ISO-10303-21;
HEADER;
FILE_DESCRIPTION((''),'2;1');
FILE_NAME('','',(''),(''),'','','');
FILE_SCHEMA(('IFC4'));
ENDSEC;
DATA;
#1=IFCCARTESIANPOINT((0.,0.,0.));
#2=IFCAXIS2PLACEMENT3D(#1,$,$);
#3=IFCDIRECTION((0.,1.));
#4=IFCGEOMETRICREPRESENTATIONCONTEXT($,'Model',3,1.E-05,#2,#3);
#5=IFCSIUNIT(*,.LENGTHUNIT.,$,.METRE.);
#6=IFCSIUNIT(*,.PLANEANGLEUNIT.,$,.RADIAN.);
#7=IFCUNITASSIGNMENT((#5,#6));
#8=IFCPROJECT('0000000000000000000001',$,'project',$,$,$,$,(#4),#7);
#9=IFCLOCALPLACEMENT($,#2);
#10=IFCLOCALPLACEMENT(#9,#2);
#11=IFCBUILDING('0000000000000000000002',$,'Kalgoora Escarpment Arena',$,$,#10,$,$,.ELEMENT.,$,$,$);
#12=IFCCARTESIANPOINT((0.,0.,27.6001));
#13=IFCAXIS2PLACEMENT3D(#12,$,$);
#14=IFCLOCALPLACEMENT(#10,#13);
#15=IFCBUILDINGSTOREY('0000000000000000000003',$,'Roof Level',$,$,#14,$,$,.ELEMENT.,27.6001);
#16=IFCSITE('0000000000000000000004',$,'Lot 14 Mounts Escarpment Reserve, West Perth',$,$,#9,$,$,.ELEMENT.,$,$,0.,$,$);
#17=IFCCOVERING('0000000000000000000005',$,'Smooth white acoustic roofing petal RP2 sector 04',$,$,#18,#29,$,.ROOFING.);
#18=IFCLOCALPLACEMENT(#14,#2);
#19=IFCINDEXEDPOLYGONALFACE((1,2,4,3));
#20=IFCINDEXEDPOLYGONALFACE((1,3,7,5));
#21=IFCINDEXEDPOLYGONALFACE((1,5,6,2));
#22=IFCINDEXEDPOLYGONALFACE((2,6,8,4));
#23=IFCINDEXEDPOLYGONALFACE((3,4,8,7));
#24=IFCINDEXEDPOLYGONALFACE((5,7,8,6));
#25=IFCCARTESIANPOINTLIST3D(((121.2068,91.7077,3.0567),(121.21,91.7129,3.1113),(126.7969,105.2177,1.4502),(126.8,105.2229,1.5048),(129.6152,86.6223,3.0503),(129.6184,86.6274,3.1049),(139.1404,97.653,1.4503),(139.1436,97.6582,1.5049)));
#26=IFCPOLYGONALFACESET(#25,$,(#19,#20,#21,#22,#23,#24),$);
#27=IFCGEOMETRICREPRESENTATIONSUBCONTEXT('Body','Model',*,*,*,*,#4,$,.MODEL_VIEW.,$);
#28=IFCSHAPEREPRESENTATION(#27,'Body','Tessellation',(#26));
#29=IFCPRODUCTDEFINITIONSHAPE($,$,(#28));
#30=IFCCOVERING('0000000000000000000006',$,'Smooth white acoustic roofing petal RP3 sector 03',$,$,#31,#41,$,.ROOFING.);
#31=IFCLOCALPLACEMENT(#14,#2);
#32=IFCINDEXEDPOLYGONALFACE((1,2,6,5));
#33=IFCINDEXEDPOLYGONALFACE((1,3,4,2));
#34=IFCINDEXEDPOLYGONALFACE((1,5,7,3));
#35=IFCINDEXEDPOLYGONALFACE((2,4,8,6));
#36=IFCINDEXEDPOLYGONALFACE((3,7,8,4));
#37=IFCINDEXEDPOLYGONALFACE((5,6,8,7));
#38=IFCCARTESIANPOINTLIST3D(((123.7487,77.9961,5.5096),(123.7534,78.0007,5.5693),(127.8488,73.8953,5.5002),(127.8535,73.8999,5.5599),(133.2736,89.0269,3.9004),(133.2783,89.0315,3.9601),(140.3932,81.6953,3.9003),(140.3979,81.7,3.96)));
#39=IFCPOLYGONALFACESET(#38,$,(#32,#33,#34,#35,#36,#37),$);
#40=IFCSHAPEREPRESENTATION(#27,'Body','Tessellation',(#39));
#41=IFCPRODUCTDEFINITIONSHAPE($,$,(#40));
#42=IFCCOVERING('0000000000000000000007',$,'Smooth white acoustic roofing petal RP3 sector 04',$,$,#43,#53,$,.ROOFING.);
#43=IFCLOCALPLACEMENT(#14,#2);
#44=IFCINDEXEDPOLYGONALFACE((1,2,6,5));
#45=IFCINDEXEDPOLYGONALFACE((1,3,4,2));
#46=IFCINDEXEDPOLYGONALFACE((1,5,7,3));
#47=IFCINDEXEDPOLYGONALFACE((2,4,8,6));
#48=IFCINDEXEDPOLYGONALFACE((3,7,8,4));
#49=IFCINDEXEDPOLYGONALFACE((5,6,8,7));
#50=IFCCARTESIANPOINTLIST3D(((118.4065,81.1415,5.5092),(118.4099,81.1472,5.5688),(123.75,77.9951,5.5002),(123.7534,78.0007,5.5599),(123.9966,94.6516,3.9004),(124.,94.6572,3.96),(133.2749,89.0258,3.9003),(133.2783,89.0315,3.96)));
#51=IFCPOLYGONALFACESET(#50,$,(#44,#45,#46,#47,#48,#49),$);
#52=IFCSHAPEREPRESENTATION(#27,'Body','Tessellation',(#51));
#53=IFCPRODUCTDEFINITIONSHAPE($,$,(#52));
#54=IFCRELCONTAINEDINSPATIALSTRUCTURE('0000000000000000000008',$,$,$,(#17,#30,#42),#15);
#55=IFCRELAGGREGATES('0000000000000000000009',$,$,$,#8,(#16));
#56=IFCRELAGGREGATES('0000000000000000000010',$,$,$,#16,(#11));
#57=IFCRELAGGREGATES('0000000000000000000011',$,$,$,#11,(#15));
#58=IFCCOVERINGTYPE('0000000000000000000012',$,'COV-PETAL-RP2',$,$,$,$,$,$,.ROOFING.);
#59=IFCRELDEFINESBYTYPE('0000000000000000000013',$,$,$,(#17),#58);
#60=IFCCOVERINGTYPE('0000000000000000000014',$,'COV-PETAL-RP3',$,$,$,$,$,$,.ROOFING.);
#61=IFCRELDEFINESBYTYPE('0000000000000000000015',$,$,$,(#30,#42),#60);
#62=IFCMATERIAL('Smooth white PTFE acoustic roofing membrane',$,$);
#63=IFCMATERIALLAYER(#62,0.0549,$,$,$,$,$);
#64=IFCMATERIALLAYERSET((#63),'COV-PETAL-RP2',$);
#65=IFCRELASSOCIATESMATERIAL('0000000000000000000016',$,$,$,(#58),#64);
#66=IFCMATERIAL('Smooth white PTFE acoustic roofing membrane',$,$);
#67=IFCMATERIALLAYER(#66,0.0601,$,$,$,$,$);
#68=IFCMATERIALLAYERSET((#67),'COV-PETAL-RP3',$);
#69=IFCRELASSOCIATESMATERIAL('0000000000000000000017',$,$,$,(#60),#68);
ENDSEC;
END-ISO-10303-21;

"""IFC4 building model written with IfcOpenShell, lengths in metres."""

from ifc_helpers import new_model, si_unit, direction, frame, origin, place, context, subcontext, project, spatial, polyline, outline, extrude, material, layer, layer_set, type_object, element, save


model = new_model("IFC4")

# Units and contexts
model_context = context("Model", 3, precision=1e-05, world=origin(), true_north=direction((0.0, 1.0)))
body_context = subcontext(model_context, "Body", "Model", "MODEL_VIEW")
ifc_project = project(units=[si_unit("LENGTHUNIT", "METRE"), si_unit("PLANEANGLEUNIT", "RADIAN")], contexts=[model_context])

# Site, building, storey
site_placement = place(None, origin())
site = spatial("IfcSite", under=ifc_project, at=site_placement, Name="Lot 14 Mounts Escarpment Reserve, West Perth", CompositionType="ELEMENT", RefElevation=0.0)
building_placement = place(site_placement, origin())
building = spatial("IfcBuilding", under=site, at=building_placement, Name="Kalgoora Escarpment Arena", CompositionType="ELEMENT")
storey_placement = place(building_placement, frame((0.0, 0.0, 27.6001)))
storey = spatial("IfcBuildingStorey", under=building, at=storey_placement, Name="Roof Level", CompositionType="ELEMENT", Elevation=27.6001)

# Coverings
ifc_material_1 = material(Name="Smooth white PTFE acoustic roofing membrane")
ifc_layer_1 = layer(ifc_material_1, 0.0549)
ifc_layer_set_1 = layer_set([ifc_layer_1], Name="COV-PETAL-RP2")
covering_type_1 = type_object("IfcCoveringType", Name="COV-PETAL-RP2", PredefinedType="ROOFING", material=ifc_layer_set_1)
covering_1_placement = place(storey_placement, frame((139.1436, 97.6582, 1.5049), z_axis=(0.057774, 0.094276, 0.993868), x_axis=(-0.852622, 0.522528, -0.000003)))
element("IfcCovering", 1, at=covering_1_placement, inside=storey, type_object=covering_type_1, Name="Smooth white acoustic roofing petal RP2 sector 04", PredefinedType="ROOFING", context=body_context, shape_type="SweptSolid", body=[
    extrude(outline(polyline([(0.0, 0.0), (14.4771, 0.0), (12.184, 14.529), (2.3575, 14.471), (0.0, 0.0)])), origin(), (0.0, 0.0, -1.0), 0.0549),
])
ifc_material_2 = material(Name="Smooth white PTFE acoustic roofing membrane")
ifc_layer_2 = layer(ifc_material_2, 0.0601)
ifc_layer_set_2 = layer_set([ifc_layer_2], Name="COV-PETAL-RP3")
covering_type_2 = type_object("IfcCoveringType", Name="COV-PETAL-RP3", PredefinedType="ROOFING", material=ifc_layer_set_2)
covering_2_placement = place(storey_placement, frame((140.3979, 81.7, 3.96), z_axis=(0.079045, 0.076747, 0.993912), x_axis=(-0.696662, 0.717399, 0.000009)))
element("IfcCovering", 2, at=covering_2_placement, inside=storey, type_object=covering_type_2, Name="Smooth white acoustic roofing petal RP3 sector 03", PredefinedType="ROOFING", context=body_context, shape_type="SweptSolid", body=[
    extrude(outline(polyline([(0.0, 0.0), (10.2196, 0.0), (8.9418, 14.6068), (3.1435, 14.5218), (0.0, 0.0)])), origin(), (0.0, 0.0, -1.0), 0.0601),
])
covering_3_placement = place(storey_placement, frame((133.2783, 89.0315, 3.96), z_axis=(0.057375, 0.094611, 0.99386), x_axis=(-0.855095, 0.518472, 0.000008)))
element("IfcCovering", 3, at=covering_3_placement, inside=storey, type_object=covering_type_2, Name="Smooth white acoustic roofing petal RP3 sector 04", PredefinedType="ROOFING", context=body_context, shape_type="SweptSolid", body=[
    extrude(outline(polyline([(0.0, 0.0), (10.8506, 0.0), (8.6261, 14.5399), (2.4256, 14.4595), (0.0, 0.0)])), origin(), (0.0, 0.0, -1.0), 0.0601),
])

save(model, "model.ifc")
